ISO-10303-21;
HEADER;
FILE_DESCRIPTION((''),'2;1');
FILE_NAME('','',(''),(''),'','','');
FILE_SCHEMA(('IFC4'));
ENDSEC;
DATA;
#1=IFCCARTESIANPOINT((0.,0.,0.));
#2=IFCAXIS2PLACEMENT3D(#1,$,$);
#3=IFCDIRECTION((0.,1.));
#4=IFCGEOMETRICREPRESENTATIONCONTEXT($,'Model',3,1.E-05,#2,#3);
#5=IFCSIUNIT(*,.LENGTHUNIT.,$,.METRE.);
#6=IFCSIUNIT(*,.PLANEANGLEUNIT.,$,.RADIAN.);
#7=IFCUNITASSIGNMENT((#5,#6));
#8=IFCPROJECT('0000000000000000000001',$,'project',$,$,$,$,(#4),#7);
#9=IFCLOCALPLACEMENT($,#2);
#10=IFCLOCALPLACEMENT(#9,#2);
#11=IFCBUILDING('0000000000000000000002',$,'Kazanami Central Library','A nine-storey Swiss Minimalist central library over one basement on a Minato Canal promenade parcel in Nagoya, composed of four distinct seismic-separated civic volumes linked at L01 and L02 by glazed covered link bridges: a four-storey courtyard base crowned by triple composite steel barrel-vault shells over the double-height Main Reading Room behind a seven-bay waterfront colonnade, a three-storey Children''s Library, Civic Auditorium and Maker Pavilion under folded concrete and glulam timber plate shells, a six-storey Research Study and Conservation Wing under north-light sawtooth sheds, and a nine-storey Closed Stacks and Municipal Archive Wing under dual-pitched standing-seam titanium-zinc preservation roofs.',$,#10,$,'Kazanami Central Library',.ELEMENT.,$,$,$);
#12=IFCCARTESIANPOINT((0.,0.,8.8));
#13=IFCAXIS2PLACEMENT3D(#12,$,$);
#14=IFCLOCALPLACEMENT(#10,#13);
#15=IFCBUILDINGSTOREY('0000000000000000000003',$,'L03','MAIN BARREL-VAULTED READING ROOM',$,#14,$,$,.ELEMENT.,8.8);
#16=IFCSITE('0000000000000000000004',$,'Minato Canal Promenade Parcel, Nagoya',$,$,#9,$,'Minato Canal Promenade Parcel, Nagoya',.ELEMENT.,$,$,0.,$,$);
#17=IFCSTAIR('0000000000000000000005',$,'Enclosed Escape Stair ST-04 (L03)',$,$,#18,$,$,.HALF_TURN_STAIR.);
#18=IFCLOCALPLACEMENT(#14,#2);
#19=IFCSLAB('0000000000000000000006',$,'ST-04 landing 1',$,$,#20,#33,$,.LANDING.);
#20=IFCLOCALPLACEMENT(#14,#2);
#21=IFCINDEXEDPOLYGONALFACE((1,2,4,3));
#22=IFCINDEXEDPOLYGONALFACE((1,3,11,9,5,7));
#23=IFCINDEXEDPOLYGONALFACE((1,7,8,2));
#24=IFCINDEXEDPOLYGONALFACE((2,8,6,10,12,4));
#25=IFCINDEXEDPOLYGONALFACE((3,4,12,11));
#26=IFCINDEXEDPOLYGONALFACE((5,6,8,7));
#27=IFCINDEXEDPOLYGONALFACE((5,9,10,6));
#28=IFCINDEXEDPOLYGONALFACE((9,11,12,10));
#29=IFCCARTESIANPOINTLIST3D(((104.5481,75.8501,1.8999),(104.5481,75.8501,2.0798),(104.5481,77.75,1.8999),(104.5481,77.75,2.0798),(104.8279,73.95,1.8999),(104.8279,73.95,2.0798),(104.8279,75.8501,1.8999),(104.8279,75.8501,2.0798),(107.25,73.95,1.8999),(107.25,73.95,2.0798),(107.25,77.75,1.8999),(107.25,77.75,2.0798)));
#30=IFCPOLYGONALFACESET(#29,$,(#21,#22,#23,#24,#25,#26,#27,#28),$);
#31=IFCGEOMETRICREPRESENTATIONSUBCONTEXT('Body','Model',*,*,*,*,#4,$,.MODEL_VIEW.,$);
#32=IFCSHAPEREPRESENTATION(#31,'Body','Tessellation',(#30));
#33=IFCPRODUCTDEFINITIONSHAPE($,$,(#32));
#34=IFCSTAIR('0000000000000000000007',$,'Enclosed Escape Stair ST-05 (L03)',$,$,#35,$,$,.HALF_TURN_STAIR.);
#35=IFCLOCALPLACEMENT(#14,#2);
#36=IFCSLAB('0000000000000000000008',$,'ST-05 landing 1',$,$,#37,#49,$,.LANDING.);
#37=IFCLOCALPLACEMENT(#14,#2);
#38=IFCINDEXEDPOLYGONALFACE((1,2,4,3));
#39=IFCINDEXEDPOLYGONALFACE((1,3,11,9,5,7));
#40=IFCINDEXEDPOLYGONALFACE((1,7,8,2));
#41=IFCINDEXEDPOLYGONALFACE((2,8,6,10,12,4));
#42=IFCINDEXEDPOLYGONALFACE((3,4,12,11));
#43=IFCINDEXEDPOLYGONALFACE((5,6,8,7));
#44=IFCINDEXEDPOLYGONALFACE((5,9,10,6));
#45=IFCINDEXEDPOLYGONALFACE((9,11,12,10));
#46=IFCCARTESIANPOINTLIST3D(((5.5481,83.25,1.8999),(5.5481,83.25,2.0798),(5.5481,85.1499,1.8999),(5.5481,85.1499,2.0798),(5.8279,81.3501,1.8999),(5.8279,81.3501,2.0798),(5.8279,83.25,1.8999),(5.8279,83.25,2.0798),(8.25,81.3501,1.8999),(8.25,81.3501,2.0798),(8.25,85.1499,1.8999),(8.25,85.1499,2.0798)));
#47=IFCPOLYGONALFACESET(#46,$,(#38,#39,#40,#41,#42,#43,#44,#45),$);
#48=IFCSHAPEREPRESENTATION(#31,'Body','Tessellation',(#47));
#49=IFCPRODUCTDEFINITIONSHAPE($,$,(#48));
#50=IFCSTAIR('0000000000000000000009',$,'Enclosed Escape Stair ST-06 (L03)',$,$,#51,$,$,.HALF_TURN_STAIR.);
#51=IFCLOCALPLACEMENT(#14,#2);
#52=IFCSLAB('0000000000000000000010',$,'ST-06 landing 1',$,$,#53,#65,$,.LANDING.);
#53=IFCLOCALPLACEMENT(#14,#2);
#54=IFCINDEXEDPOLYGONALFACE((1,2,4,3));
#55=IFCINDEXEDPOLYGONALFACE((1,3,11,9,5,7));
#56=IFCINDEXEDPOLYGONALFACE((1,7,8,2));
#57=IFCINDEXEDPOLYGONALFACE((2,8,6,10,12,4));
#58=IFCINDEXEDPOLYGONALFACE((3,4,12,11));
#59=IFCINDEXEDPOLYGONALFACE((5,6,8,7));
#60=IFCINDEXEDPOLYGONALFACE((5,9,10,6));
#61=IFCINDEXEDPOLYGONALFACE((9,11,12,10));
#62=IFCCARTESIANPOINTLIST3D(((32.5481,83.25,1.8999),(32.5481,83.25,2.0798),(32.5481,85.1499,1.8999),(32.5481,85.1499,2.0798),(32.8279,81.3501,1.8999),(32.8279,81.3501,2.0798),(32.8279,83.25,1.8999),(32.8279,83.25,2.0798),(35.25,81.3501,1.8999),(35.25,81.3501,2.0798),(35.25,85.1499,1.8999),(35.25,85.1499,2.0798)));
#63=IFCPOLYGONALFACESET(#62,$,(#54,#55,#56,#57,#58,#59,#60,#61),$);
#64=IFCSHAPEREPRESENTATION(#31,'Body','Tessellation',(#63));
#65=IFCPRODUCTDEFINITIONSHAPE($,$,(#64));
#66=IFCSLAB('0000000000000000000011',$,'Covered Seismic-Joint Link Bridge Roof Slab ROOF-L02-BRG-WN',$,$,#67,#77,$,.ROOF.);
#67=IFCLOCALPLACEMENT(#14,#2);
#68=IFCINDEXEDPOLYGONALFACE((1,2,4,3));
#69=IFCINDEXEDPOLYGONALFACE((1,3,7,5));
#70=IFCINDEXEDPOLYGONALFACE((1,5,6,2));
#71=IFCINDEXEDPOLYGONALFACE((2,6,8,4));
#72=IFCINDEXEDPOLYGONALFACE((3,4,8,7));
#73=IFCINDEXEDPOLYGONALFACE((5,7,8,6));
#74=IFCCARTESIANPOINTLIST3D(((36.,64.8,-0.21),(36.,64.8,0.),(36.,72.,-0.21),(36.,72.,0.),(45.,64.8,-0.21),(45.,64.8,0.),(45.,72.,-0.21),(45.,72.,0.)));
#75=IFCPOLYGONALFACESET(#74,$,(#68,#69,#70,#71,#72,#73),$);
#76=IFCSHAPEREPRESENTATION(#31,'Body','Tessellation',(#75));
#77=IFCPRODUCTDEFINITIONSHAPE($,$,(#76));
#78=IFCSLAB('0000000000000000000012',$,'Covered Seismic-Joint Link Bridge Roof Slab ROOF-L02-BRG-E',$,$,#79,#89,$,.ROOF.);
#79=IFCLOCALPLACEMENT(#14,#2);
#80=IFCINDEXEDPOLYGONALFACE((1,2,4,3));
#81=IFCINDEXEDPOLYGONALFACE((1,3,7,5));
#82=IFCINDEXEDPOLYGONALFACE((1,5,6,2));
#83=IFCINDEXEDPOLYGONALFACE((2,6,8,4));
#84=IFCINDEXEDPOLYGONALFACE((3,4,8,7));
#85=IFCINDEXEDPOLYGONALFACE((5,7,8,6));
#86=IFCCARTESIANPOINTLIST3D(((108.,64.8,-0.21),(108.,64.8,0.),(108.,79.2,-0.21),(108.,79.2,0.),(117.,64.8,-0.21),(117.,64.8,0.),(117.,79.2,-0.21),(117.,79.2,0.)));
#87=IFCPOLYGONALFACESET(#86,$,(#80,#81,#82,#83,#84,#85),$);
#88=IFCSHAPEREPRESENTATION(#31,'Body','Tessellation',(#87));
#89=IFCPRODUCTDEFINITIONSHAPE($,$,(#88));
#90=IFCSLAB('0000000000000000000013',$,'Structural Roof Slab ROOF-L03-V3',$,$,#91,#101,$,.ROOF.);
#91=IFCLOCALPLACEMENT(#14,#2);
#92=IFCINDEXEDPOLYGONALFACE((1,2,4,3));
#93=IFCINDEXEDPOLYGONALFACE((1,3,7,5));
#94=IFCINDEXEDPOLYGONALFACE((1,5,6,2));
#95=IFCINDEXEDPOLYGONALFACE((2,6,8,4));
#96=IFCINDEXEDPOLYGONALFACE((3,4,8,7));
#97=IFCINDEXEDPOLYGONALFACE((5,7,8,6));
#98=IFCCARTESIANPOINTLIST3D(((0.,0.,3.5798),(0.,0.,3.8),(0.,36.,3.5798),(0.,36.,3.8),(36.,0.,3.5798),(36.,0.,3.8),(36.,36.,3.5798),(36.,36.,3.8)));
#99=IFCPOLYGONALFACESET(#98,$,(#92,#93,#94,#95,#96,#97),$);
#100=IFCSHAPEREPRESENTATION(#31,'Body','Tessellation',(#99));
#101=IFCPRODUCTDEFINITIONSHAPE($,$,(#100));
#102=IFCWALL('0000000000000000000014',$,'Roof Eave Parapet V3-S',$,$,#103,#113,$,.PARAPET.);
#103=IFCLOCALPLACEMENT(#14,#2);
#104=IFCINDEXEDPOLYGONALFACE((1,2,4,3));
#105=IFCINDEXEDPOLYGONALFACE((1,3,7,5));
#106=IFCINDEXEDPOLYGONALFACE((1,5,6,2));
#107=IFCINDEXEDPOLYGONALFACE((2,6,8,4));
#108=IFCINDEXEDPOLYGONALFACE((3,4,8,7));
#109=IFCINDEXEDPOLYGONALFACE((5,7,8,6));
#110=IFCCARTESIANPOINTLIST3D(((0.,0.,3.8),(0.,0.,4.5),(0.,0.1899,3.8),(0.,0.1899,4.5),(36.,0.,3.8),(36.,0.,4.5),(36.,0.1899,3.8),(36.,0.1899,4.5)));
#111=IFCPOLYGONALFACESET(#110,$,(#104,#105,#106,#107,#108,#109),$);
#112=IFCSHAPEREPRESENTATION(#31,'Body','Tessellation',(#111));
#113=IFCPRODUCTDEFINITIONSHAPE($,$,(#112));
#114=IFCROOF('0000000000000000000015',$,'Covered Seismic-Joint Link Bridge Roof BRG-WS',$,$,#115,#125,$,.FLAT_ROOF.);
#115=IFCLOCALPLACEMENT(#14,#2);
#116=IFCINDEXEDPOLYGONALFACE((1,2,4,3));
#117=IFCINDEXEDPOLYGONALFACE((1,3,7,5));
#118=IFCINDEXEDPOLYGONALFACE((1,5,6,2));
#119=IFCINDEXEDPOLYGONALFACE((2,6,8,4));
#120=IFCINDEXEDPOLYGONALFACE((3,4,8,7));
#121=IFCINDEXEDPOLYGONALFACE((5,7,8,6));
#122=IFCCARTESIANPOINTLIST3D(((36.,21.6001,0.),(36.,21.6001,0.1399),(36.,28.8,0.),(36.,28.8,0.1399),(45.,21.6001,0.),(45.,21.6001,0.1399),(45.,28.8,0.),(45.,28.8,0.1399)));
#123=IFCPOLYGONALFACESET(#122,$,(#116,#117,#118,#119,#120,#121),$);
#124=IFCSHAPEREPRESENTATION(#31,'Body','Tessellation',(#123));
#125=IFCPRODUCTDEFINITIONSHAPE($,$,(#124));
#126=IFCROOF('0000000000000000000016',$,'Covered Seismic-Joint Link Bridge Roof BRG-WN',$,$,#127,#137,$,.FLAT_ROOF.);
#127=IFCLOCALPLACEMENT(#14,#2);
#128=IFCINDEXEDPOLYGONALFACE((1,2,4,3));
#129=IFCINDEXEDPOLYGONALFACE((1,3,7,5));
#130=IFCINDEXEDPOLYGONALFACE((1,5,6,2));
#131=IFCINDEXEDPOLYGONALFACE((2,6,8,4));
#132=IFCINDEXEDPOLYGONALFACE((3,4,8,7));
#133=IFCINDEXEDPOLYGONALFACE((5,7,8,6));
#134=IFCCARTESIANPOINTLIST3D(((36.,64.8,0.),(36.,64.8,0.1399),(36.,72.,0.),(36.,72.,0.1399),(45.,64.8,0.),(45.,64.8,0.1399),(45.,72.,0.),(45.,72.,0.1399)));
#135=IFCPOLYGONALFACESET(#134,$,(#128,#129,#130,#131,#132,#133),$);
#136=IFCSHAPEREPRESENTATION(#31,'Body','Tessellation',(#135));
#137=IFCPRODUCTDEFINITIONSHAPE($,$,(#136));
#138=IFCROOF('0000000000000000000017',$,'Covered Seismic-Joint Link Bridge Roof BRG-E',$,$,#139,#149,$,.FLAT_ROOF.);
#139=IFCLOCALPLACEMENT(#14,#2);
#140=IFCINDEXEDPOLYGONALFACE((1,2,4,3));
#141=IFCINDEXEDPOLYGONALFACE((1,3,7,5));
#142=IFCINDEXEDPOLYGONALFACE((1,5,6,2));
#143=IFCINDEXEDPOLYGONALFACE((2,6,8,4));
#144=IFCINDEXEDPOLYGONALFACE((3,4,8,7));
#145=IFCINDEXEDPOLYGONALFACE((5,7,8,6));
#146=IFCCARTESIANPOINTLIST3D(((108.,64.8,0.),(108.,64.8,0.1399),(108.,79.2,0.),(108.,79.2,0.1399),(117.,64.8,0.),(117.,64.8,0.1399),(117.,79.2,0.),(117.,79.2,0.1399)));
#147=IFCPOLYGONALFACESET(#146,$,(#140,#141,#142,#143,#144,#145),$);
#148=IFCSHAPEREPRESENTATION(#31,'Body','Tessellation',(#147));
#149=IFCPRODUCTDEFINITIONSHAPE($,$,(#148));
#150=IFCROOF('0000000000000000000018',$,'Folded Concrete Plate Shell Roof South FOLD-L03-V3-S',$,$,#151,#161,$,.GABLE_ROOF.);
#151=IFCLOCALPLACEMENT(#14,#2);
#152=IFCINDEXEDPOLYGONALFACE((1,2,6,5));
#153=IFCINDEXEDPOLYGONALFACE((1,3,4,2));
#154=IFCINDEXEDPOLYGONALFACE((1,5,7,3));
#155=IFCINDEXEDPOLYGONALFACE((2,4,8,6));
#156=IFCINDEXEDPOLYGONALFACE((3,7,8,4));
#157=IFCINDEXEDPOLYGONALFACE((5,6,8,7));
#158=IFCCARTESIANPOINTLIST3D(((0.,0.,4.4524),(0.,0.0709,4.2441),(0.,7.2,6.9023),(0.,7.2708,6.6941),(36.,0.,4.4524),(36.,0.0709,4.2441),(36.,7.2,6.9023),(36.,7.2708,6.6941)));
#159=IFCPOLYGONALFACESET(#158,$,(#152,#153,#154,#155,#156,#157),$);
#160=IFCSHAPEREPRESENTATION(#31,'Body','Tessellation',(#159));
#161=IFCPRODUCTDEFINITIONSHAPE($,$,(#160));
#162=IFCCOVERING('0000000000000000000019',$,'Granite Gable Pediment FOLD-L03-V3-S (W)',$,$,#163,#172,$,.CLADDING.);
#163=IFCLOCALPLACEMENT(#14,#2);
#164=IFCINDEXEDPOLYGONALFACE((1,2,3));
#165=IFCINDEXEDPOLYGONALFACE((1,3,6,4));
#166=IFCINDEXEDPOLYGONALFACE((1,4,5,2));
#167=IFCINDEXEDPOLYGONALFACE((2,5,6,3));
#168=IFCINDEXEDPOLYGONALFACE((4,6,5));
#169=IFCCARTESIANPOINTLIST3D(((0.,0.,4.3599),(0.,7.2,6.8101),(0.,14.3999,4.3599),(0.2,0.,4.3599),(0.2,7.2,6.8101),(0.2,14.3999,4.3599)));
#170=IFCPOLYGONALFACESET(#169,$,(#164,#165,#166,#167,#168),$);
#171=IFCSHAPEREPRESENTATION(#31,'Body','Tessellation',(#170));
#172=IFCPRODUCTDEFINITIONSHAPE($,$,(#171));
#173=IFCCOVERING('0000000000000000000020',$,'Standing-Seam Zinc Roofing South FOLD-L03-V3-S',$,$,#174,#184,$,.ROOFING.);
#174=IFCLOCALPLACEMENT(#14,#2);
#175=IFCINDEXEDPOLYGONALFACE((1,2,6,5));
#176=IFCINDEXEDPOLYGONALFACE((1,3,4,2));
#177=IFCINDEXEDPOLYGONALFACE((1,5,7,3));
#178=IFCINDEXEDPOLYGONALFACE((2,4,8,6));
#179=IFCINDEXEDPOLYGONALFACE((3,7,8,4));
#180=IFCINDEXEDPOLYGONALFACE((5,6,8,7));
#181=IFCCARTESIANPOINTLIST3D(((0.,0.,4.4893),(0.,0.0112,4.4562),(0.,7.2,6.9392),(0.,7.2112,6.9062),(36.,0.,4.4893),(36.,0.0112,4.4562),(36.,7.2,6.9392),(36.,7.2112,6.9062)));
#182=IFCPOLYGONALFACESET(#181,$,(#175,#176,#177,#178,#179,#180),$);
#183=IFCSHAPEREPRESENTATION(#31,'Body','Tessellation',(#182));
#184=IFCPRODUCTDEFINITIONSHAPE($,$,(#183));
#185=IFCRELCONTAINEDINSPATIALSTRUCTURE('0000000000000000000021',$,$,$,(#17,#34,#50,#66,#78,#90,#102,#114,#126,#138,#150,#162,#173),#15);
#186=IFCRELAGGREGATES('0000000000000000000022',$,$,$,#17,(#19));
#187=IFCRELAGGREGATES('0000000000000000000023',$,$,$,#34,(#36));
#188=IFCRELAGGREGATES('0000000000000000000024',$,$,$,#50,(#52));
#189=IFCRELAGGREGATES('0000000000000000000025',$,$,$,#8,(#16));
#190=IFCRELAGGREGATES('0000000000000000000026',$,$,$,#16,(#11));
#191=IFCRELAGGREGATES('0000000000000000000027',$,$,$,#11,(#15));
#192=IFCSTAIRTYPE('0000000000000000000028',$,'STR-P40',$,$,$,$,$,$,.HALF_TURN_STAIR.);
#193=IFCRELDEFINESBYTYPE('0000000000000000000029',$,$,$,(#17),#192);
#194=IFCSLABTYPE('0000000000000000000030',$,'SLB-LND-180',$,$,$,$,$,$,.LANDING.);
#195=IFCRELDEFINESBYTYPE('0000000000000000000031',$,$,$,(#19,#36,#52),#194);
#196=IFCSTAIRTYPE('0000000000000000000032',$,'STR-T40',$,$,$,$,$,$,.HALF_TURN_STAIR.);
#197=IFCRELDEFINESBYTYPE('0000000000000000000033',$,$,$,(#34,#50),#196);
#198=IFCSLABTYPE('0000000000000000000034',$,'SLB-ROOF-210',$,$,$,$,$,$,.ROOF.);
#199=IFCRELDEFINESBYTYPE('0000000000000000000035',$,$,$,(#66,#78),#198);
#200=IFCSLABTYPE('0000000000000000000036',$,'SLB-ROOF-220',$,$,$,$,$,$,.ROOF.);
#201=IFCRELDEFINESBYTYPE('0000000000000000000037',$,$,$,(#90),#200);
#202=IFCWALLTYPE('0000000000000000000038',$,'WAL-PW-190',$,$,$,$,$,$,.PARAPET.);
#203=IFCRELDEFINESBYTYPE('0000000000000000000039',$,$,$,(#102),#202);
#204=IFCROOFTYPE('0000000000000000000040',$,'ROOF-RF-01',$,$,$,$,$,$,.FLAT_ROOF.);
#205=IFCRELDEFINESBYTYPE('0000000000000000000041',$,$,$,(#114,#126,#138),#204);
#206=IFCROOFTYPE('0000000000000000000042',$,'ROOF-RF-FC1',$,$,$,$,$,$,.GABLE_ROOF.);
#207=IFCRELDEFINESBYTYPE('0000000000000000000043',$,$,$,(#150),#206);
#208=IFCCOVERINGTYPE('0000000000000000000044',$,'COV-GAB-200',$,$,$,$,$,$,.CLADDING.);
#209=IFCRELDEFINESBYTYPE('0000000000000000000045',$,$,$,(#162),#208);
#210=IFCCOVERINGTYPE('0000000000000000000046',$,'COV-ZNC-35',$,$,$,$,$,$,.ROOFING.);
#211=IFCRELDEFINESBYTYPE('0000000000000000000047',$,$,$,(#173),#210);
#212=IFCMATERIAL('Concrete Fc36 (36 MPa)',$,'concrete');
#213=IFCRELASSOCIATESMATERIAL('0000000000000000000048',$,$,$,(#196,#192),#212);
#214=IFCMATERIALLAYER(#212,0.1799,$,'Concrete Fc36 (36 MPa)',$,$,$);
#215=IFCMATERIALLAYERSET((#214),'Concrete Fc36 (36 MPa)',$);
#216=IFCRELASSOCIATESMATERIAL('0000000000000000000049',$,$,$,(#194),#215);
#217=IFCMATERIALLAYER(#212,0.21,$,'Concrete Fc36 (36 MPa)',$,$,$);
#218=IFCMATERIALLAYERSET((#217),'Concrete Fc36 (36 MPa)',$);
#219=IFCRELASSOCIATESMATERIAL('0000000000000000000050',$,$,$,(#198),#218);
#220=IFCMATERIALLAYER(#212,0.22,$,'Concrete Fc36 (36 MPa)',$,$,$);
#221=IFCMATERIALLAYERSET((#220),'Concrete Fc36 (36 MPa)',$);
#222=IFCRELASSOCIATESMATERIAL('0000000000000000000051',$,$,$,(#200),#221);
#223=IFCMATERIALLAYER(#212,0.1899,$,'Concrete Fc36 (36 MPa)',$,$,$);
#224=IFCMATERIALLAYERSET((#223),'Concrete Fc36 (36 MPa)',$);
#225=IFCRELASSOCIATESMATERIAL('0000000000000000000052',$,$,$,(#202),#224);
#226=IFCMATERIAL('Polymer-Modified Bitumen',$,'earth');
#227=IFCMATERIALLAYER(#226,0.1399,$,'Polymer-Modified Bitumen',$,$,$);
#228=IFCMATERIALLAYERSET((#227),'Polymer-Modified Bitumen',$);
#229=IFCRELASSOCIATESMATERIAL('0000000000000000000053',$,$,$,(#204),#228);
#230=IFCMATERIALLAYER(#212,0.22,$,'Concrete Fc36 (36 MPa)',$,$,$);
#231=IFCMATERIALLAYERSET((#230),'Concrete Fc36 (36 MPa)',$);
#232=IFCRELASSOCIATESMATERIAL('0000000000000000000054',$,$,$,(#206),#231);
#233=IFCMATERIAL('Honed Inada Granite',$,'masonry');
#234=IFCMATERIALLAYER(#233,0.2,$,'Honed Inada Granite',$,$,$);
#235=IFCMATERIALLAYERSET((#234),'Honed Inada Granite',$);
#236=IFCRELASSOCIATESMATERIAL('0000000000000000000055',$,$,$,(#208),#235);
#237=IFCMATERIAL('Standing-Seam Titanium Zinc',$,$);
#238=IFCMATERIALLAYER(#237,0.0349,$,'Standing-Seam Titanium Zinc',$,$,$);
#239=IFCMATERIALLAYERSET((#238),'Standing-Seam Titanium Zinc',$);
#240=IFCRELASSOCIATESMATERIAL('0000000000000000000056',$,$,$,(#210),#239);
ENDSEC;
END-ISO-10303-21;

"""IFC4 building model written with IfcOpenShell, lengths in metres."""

from ifc_helpers import new_model, si_unit, direction, frame, frame_2d, origin, place, context, subcontext, project, spatial, polyline, rectangle, outline, extrude, material, layer, layer_set, type_object, element, aggregate, save


model = new_model("IFC4")

# Units and contexts
model_context = context("Model", 3, precision=1e-05, world=origin(), true_north=direction((0.0, 1.0)))
body_context = subcontext(model_context, "Body", "Model", "MODEL_VIEW")
ifc_project = project(units=[si_unit("LENGTHUNIT", "METRE"), si_unit("PLANEANGLEUNIT", "RADIAN")], contexts=[model_context])

# Site, building, storey
site_placement = place(None, origin())
site = spatial("IfcSite", under=ifc_project, at=site_placement, Name="Minato Canal Promenade Parcel, Nagoya", LongName="Minato Canal Promenade Parcel, Nagoya", CompositionType="ELEMENT", RefElevation=0.0)
building_placement = place(site_placement, origin())
building = spatial("IfcBuilding", under=site, at=building_placement, Name="Kazanami Central Library", Description="A nine-storey Swiss Minimalist central library over one basement on a Minato Canal promenade parcel in Nagoya, composed of four distinct seismic-separated civic volumes linked at L01 and L02 by glazed covered link bridges: a four-storey courtyard base crowned by triple composite steel barrel-vault shells over the double-height Main Reading Room behind a seven-bay waterfront colonnade, a three-storey Children's Library, Civic Auditorium and Maker Pavilion under folded concrete and glulam timber plate shells, a six-storey Research Study and Conservation Wing under north-light sawtooth sheds, and a nine-storey Closed Stacks and Municipal Archive Wing under dual-pitched standing-seam titanium-zinc preservation roofs.", LongName="Kazanami Central Library", CompositionType="ELEMENT")
storey_placement = place(building_placement, frame((0.0, 0.0, 8.8)))
storey = spatial("IfcBuildingStorey", under=building, at=storey_placement, Name="L03", Description="MAIN BARREL-VAULTED READING ROOM", CompositionType="ELEMENT", Elevation=8.8)

# Stairs, slabs
ifc_material_1 = material(Name="Concrete Fc36 (36 MPa)", Category="concrete")
stair_type_1 = type_object("IfcStairType", Name="STR-T40", PredefinedType="HALF_TURN_STAIR", material=ifc_material_1)
ifc_layer_1 = layer(ifc_material_1, 0.1799, Name="Concrete Fc36 (36 MPa)")
ifc_layer_set_1 = layer_set([ifc_layer_1], Name="Concrete Fc36 (36 MPa)")
slab_type_1 = type_object("IfcSlabType", Name="SLB-LND-180", PredefinedType="LANDING", material=ifc_layer_set_1)
stair_type_2 = type_object("IfcStairType", Name="STR-P40", PredefinedType="HALF_TURN_STAIR", material=ifc_material_1)
stair_1_placement = place(storey_placement, origin())
stair_1 = element("IfcStair", 1, at=stair_1_placement, inside=storey, type_object=stair_type_2, Name="Enclosed Escape Stair ST-04 (L03)", PredefinedType="HALF_TURN_STAIR")
slab_1_placement = place(storey_placement, frame((0.0, 0.0, 1.8999)))
slab_1 = element("IfcSlab", 2, at=slab_1_placement, type_object=slab_type_1, Name="ST-04 landing 1", PredefinedType="LANDING", context=body_context, shape_type="SweptSolid", body=[
    extrude(outline(polyline([(104.8279, 73.95), (107.25, 73.95), (107.25, 77.75), (104.5481, 77.75), (104.5481, 75.8501), (104.8279, 75.8501), (104.8279, 73.95)])), origin(), (0.0, 0.0, 1.0), 0.1799),
])
aggregate(stair_1, [slab_1])
stair_2_placement = place(storey_placement, origin())
stair_2 = element("IfcStair", 3, at=stair_2_placement, inside=storey, type_object=stair_type_1, Name="Enclosed Escape Stair ST-05 (L03)", PredefinedType="HALF_TURN_STAIR")
slab_2_placement = place(storey_placement, frame((0.0, 0.0, 1.8999)))
slab_2 = element("IfcSlab", 4, at=slab_2_placement, type_object=slab_type_1, Name="ST-05 landing 1", PredefinedType="LANDING", context=body_context, shape_type="SweptSolid", body=[
    extrude(outline(polyline([(5.8279, 81.3501), (8.25, 81.3501), (8.25, 85.1499), (5.5481, 85.1499), (5.5481, 83.25), (5.8279, 83.25), (5.8279, 81.3501)])), origin(), (0.0, 0.0, 1.0), 0.1799),
])
aggregate(stair_2, [slab_2])
stair_3_placement = place(storey_placement, origin())
stair_3 = element("IfcStair", 5, at=stair_3_placement, inside=storey, type_object=stair_type_1, Name="Enclosed Escape Stair ST-06 (L03)", PredefinedType="HALF_TURN_STAIR")
slab_3_placement = place(storey_placement, frame((0.0, 0.0, 1.8999)))
slab_3 = element("IfcSlab", 6, at=slab_3_placement, type_object=slab_type_1, Name="ST-06 landing 1", PredefinedType="LANDING", context=body_context, shape_type="SweptSolid", body=[
    extrude(outline(polyline([(32.8279, 81.3501), (35.25, 81.3501), (35.25, 85.1499), (32.5481, 85.1499), (32.5481, 83.25), (32.8279, 83.25), (32.8279, 81.3501)])), origin(), (0.0, 0.0, 1.0), 0.1799),
])
aggregate(stair_3, [slab_3])

# Slabs
ifc_layer_2 = layer(ifc_material_1, 0.21, Name="Concrete Fc36 (36 MPa)")
ifc_layer_set_2 = layer_set([ifc_layer_2], Name="Concrete Fc36 (36 MPa)")
slab_type_2 = type_object("IfcSlabType", Name="SLB-ROOF-210", PredefinedType="ROOF", material=ifc_layer_set_2)
slab_4_placement = place(storey_placement, frame((0.0, 0.0, -0.21)))
element("IfcSlab", 7, at=slab_4_placement, inside=storey, type_object=slab_type_2, Name="Covered Seismic-Joint Link Bridge Roof Slab ROOF-L02-BRG-WN", PredefinedType="ROOF", context=body_context, shape_type="SweptSolid", body=[
    extrude(outline(polyline([(36.0, 64.8), (45.0, 64.8), (45.0, 72.0), (36.0, 72.0), (36.0, 64.8)])), origin(), (0.0, 0.0, 1.0), 0.21),
])
slab_5_placement = place(storey_placement, frame((0.0, 0.0, -0.21)))
element("IfcSlab", 8, at=slab_5_placement, inside=storey, type_object=slab_type_2, Name="Covered Seismic-Joint Link Bridge Roof Slab ROOF-L02-BRG-E", PredefinedType="ROOF", context=body_context, shape_type="SweptSolid", body=[
    extrude(outline(polyline([(108.0, 64.8), (117.0, 64.8), (117.0, 79.2), (108.0, 79.2), (108.0, 64.8)])), origin(), (0.0, 0.0, 1.0), 0.21),
])
ifc_layer_3 = layer(ifc_material_1, 0.22, Name="Concrete Fc36 (36 MPa)")
ifc_layer_set_3 = layer_set([ifc_layer_3], Name="Concrete Fc36 (36 MPa)")
slab_type_3 = type_object("IfcSlabType", Name="SLB-ROOF-220", PredefinedType="ROOF", material=ifc_layer_set_3)
slab_6_placement = place(storey_placement, frame((0.0, 0.0, 3.5798)))
element("IfcSlab", 9, at=slab_6_placement, inside=storey, type_object=slab_type_3, Name="Structural Roof Slab ROOF-L03-V3", PredefinedType="ROOF", context=body_context, shape_type="SweptSolid", body=[
    extrude(outline(polyline([(0.0, 0.0), (36.0, 0.0), (36.0, 36.0), (0.0, 36.0), (0.0, 0.0)])), origin(), (0.0, 0.0, 1.0), 0.2202),
])

# Wall
ifc_layer_4 = layer(ifc_material_1, 0.1899, Name="Concrete Fc36 (36 MPa)")
ifc_layer_set_4 = layer_set([ifc_layer_4], Name="Concrete Fc36 (36 MPa)")
wall_type = type_object("IfcWallType", Name="WAL-PW-190", PredefinedType="PARAPET", material=ifc_layer_set_4)
wall_placement = place(storey_placement, frame((0.0, 0.095, 3.8), z_axis=(0.0, 0.0, 1.0), x_axis=(1.0, 0.0, 0.0)))
element("IfcWall", 10, at=wall_placement, inside=storey, type_object=wall_type, Name="Roof Eave Parapet V3-S", PredefinedType="PARAPET", context=body_context, shape_type="SweptSolid", body=[
    extrude(rectangle(XDim=36.0, YDim=0.1899, at=frame_2d((18.0, 0.0))), origin(), (0.0, 0.0, 1.0), 0.7),
])

# Roofs
ifc_material_2 = material(Name="Polymer-Modified Bitumen", Category="earth")
ifc_layer_5 = layer(ifc_material_2, 0.1399, Name="Polymer-Modified Bitumen")
ifc_layer_set_5 = layer_set([ifc_layer_5], Name="Polymer-Modified Bitumen")
roof_type_1 = type_object("IfcRoofType", Name="ROOF-RF-01", PredefinedType="FLAT_ROOF", material=ifc_layer_set_5)
roof_1_placement = place(storey_placement, origin())
element("IfcRoof", 11, at=roof_1_placement, inside=storey, type_object=roof_type_1, Name="Covered Seismic-Joint Link Bridge Roof BRG-WS", PredefinedType="FLAT_ROOF", context=body_context, shape_type="SweptSolid", body=[
    extrude(outline(polyline([(36.0, 21.6001), (45.0, 21.6001), (45.0, 28.8), (36.0, 28.8), (36.0, 21.6001)])), origin(), (0.0, 0.0, 1.0), 0.1399),
])
roof_2_placement = place(storey_placement, origin())
element("IfcRoof", 12, at=roof_2_placement, inside=storey, type_object=roof_type_1, Name="Covered Seismic-Joint Link Bridge Roof BRG-WN", PredefinedType="FLAT_ROOF", context=body_context, shape_type="SweptSolid", body=[
    extrude(outline(polyline([(36.0, 64.8), (45.0, 64.8), (45.0, 72.0), (36.0, 72.0), (36.0, 64.8)])), origin(), (0.0, 0.0, 1.0), 0.1399),
])
roof_3_placement = place(storey_placement, origin())
element("IfcRoof", 13, at=roof_3_placement, inside=storey, type_object=roof_type_1, Name="Covered Seismic-Joint Link Bridge Roof BRG-E", PredefinedType="FLAT_ROOF", context=body_context, shape_type="SweptSolid", body=[
    extrude(outline(polyline([(108.0, 64.8), (117.0, 64.8), (117.0, 79.2), (108.0, 79.2), (108.0, 64.8)])), origin(), (0.0, 0.0, 1.0), 0.1399),
])
ifc_layer_6 = layer(ifc_material_1, 0.22, Name="Concrete Fc36 (36 MPa)")
ifc_layer_set_6 = layer_set([ifc_layer_6], Name="Concrete Fc36 (36 MPa)")
roof_type_2 = type_object("IfcRoofType", Name="ROOF-RF-FC1", PredefinedType="GABLE_ROOF", material=ifc_layer_set_6)
roof_4_placement = place(storey_placement, frame((0.0, 0.0, 4.4524), z_axis=(0.0, -0.322135, 0.946694), x_axis=(1.0, 0.0, 0.0)))
element("IfcRoof", 14, at=roof_4_placement, inside=storey, type_object=roof_type_2, Name="Folded Concrete Plate Shell Roof South FOLD-L03-V3-S", PredefinedType="GABLE_ROOF", context=body_context, shape_type="SweptSolid", body=[
    extrude(outline(polyline([(0.0, 0.0), (36.0, 0.0), (36.0, 7.6054), (0.0, 7.6054), (0.0, 0.0)])), origin(), (0.0, 0.0, -1.0), 0.22),
])

# Coverings
ifc_material_3 = material(Name="Honed Inada Granite", Category="masonry")
ifc_layer_7 = layer(ifc_material_3, 0.2, Name="Honed Inada Granite")
ifc_layer_set_7 = layer_set([ifc_layer_7], Name="Honed Inada Granite")
covering_type_1 = type_object("IfcCoveringType", Name="COV-GAB-200", PredefinedType="CLADDING", material=ifc_layer_set_7)
covering_1_placement = place(storey_placement, frame((0.2, 0.0, 4.3599), z_axis=(1.0, 0.0, 0.0), x_axis=(0.0, 1.0, 0.0)))
element("IfcCovering", 15, at=covering_1_placement, inside=storey, type_object=covering_type_1, Name="Granite Gable Pediment FOLD-L03-V3-S (W)", PredefinedType="CLADDING", context=body_context, shape_type="SweptSolid", body=[
    extrude(outline(polyline([(0.0, 0.0), (14.3999, 0.0), (7.2, 2.4502), (0.0, 0.0)])), origin(), (0.0, 0.0, -1.0), 0.2),
])
ifc_material_4 = material(Name="Standing-Seam Titanium Zinc")
ifc_layer_8 = layer(ifc_material_4, 0.0349, Name="Standing-Seam Titanium Zinc")
ifc_layer_set_8 = layer_set([ifc_layer_8], Name="Standing-Seam Titanium Zinc")
covering_type_2 = type_object("IfcCoveringType", Name="COV-ZNC-35", PredefinedType="ROOFING", material=ifc_layer_set_8)
covering_2_placement = place(storey_placement, frame((0.0, 0.0, 4.4893), z_axis=(0.0, -0.322135, 0.946694), x_axis=(1.0, 0.0, 0.0)))
element("IfcCovering", 16, at=covering_2_placement, inside=storey, type_object=covering_type_2, Name="Standing-Seam Zinc Roofing South FOLD-L03-V3-S", PredefinedType="ROOFING", context=body_context, shape_type="SweptSolid", body=[
    extrude(outline(polyline([(0.0, 0.0), (36.0, 0.0), (36.0, 7.6054), (0.0, 7.6054), (0.0, 0.0)])), origin(), (0.0, 0.0, -1.0), 0.0349),
])

save(model, "model.ifc")
